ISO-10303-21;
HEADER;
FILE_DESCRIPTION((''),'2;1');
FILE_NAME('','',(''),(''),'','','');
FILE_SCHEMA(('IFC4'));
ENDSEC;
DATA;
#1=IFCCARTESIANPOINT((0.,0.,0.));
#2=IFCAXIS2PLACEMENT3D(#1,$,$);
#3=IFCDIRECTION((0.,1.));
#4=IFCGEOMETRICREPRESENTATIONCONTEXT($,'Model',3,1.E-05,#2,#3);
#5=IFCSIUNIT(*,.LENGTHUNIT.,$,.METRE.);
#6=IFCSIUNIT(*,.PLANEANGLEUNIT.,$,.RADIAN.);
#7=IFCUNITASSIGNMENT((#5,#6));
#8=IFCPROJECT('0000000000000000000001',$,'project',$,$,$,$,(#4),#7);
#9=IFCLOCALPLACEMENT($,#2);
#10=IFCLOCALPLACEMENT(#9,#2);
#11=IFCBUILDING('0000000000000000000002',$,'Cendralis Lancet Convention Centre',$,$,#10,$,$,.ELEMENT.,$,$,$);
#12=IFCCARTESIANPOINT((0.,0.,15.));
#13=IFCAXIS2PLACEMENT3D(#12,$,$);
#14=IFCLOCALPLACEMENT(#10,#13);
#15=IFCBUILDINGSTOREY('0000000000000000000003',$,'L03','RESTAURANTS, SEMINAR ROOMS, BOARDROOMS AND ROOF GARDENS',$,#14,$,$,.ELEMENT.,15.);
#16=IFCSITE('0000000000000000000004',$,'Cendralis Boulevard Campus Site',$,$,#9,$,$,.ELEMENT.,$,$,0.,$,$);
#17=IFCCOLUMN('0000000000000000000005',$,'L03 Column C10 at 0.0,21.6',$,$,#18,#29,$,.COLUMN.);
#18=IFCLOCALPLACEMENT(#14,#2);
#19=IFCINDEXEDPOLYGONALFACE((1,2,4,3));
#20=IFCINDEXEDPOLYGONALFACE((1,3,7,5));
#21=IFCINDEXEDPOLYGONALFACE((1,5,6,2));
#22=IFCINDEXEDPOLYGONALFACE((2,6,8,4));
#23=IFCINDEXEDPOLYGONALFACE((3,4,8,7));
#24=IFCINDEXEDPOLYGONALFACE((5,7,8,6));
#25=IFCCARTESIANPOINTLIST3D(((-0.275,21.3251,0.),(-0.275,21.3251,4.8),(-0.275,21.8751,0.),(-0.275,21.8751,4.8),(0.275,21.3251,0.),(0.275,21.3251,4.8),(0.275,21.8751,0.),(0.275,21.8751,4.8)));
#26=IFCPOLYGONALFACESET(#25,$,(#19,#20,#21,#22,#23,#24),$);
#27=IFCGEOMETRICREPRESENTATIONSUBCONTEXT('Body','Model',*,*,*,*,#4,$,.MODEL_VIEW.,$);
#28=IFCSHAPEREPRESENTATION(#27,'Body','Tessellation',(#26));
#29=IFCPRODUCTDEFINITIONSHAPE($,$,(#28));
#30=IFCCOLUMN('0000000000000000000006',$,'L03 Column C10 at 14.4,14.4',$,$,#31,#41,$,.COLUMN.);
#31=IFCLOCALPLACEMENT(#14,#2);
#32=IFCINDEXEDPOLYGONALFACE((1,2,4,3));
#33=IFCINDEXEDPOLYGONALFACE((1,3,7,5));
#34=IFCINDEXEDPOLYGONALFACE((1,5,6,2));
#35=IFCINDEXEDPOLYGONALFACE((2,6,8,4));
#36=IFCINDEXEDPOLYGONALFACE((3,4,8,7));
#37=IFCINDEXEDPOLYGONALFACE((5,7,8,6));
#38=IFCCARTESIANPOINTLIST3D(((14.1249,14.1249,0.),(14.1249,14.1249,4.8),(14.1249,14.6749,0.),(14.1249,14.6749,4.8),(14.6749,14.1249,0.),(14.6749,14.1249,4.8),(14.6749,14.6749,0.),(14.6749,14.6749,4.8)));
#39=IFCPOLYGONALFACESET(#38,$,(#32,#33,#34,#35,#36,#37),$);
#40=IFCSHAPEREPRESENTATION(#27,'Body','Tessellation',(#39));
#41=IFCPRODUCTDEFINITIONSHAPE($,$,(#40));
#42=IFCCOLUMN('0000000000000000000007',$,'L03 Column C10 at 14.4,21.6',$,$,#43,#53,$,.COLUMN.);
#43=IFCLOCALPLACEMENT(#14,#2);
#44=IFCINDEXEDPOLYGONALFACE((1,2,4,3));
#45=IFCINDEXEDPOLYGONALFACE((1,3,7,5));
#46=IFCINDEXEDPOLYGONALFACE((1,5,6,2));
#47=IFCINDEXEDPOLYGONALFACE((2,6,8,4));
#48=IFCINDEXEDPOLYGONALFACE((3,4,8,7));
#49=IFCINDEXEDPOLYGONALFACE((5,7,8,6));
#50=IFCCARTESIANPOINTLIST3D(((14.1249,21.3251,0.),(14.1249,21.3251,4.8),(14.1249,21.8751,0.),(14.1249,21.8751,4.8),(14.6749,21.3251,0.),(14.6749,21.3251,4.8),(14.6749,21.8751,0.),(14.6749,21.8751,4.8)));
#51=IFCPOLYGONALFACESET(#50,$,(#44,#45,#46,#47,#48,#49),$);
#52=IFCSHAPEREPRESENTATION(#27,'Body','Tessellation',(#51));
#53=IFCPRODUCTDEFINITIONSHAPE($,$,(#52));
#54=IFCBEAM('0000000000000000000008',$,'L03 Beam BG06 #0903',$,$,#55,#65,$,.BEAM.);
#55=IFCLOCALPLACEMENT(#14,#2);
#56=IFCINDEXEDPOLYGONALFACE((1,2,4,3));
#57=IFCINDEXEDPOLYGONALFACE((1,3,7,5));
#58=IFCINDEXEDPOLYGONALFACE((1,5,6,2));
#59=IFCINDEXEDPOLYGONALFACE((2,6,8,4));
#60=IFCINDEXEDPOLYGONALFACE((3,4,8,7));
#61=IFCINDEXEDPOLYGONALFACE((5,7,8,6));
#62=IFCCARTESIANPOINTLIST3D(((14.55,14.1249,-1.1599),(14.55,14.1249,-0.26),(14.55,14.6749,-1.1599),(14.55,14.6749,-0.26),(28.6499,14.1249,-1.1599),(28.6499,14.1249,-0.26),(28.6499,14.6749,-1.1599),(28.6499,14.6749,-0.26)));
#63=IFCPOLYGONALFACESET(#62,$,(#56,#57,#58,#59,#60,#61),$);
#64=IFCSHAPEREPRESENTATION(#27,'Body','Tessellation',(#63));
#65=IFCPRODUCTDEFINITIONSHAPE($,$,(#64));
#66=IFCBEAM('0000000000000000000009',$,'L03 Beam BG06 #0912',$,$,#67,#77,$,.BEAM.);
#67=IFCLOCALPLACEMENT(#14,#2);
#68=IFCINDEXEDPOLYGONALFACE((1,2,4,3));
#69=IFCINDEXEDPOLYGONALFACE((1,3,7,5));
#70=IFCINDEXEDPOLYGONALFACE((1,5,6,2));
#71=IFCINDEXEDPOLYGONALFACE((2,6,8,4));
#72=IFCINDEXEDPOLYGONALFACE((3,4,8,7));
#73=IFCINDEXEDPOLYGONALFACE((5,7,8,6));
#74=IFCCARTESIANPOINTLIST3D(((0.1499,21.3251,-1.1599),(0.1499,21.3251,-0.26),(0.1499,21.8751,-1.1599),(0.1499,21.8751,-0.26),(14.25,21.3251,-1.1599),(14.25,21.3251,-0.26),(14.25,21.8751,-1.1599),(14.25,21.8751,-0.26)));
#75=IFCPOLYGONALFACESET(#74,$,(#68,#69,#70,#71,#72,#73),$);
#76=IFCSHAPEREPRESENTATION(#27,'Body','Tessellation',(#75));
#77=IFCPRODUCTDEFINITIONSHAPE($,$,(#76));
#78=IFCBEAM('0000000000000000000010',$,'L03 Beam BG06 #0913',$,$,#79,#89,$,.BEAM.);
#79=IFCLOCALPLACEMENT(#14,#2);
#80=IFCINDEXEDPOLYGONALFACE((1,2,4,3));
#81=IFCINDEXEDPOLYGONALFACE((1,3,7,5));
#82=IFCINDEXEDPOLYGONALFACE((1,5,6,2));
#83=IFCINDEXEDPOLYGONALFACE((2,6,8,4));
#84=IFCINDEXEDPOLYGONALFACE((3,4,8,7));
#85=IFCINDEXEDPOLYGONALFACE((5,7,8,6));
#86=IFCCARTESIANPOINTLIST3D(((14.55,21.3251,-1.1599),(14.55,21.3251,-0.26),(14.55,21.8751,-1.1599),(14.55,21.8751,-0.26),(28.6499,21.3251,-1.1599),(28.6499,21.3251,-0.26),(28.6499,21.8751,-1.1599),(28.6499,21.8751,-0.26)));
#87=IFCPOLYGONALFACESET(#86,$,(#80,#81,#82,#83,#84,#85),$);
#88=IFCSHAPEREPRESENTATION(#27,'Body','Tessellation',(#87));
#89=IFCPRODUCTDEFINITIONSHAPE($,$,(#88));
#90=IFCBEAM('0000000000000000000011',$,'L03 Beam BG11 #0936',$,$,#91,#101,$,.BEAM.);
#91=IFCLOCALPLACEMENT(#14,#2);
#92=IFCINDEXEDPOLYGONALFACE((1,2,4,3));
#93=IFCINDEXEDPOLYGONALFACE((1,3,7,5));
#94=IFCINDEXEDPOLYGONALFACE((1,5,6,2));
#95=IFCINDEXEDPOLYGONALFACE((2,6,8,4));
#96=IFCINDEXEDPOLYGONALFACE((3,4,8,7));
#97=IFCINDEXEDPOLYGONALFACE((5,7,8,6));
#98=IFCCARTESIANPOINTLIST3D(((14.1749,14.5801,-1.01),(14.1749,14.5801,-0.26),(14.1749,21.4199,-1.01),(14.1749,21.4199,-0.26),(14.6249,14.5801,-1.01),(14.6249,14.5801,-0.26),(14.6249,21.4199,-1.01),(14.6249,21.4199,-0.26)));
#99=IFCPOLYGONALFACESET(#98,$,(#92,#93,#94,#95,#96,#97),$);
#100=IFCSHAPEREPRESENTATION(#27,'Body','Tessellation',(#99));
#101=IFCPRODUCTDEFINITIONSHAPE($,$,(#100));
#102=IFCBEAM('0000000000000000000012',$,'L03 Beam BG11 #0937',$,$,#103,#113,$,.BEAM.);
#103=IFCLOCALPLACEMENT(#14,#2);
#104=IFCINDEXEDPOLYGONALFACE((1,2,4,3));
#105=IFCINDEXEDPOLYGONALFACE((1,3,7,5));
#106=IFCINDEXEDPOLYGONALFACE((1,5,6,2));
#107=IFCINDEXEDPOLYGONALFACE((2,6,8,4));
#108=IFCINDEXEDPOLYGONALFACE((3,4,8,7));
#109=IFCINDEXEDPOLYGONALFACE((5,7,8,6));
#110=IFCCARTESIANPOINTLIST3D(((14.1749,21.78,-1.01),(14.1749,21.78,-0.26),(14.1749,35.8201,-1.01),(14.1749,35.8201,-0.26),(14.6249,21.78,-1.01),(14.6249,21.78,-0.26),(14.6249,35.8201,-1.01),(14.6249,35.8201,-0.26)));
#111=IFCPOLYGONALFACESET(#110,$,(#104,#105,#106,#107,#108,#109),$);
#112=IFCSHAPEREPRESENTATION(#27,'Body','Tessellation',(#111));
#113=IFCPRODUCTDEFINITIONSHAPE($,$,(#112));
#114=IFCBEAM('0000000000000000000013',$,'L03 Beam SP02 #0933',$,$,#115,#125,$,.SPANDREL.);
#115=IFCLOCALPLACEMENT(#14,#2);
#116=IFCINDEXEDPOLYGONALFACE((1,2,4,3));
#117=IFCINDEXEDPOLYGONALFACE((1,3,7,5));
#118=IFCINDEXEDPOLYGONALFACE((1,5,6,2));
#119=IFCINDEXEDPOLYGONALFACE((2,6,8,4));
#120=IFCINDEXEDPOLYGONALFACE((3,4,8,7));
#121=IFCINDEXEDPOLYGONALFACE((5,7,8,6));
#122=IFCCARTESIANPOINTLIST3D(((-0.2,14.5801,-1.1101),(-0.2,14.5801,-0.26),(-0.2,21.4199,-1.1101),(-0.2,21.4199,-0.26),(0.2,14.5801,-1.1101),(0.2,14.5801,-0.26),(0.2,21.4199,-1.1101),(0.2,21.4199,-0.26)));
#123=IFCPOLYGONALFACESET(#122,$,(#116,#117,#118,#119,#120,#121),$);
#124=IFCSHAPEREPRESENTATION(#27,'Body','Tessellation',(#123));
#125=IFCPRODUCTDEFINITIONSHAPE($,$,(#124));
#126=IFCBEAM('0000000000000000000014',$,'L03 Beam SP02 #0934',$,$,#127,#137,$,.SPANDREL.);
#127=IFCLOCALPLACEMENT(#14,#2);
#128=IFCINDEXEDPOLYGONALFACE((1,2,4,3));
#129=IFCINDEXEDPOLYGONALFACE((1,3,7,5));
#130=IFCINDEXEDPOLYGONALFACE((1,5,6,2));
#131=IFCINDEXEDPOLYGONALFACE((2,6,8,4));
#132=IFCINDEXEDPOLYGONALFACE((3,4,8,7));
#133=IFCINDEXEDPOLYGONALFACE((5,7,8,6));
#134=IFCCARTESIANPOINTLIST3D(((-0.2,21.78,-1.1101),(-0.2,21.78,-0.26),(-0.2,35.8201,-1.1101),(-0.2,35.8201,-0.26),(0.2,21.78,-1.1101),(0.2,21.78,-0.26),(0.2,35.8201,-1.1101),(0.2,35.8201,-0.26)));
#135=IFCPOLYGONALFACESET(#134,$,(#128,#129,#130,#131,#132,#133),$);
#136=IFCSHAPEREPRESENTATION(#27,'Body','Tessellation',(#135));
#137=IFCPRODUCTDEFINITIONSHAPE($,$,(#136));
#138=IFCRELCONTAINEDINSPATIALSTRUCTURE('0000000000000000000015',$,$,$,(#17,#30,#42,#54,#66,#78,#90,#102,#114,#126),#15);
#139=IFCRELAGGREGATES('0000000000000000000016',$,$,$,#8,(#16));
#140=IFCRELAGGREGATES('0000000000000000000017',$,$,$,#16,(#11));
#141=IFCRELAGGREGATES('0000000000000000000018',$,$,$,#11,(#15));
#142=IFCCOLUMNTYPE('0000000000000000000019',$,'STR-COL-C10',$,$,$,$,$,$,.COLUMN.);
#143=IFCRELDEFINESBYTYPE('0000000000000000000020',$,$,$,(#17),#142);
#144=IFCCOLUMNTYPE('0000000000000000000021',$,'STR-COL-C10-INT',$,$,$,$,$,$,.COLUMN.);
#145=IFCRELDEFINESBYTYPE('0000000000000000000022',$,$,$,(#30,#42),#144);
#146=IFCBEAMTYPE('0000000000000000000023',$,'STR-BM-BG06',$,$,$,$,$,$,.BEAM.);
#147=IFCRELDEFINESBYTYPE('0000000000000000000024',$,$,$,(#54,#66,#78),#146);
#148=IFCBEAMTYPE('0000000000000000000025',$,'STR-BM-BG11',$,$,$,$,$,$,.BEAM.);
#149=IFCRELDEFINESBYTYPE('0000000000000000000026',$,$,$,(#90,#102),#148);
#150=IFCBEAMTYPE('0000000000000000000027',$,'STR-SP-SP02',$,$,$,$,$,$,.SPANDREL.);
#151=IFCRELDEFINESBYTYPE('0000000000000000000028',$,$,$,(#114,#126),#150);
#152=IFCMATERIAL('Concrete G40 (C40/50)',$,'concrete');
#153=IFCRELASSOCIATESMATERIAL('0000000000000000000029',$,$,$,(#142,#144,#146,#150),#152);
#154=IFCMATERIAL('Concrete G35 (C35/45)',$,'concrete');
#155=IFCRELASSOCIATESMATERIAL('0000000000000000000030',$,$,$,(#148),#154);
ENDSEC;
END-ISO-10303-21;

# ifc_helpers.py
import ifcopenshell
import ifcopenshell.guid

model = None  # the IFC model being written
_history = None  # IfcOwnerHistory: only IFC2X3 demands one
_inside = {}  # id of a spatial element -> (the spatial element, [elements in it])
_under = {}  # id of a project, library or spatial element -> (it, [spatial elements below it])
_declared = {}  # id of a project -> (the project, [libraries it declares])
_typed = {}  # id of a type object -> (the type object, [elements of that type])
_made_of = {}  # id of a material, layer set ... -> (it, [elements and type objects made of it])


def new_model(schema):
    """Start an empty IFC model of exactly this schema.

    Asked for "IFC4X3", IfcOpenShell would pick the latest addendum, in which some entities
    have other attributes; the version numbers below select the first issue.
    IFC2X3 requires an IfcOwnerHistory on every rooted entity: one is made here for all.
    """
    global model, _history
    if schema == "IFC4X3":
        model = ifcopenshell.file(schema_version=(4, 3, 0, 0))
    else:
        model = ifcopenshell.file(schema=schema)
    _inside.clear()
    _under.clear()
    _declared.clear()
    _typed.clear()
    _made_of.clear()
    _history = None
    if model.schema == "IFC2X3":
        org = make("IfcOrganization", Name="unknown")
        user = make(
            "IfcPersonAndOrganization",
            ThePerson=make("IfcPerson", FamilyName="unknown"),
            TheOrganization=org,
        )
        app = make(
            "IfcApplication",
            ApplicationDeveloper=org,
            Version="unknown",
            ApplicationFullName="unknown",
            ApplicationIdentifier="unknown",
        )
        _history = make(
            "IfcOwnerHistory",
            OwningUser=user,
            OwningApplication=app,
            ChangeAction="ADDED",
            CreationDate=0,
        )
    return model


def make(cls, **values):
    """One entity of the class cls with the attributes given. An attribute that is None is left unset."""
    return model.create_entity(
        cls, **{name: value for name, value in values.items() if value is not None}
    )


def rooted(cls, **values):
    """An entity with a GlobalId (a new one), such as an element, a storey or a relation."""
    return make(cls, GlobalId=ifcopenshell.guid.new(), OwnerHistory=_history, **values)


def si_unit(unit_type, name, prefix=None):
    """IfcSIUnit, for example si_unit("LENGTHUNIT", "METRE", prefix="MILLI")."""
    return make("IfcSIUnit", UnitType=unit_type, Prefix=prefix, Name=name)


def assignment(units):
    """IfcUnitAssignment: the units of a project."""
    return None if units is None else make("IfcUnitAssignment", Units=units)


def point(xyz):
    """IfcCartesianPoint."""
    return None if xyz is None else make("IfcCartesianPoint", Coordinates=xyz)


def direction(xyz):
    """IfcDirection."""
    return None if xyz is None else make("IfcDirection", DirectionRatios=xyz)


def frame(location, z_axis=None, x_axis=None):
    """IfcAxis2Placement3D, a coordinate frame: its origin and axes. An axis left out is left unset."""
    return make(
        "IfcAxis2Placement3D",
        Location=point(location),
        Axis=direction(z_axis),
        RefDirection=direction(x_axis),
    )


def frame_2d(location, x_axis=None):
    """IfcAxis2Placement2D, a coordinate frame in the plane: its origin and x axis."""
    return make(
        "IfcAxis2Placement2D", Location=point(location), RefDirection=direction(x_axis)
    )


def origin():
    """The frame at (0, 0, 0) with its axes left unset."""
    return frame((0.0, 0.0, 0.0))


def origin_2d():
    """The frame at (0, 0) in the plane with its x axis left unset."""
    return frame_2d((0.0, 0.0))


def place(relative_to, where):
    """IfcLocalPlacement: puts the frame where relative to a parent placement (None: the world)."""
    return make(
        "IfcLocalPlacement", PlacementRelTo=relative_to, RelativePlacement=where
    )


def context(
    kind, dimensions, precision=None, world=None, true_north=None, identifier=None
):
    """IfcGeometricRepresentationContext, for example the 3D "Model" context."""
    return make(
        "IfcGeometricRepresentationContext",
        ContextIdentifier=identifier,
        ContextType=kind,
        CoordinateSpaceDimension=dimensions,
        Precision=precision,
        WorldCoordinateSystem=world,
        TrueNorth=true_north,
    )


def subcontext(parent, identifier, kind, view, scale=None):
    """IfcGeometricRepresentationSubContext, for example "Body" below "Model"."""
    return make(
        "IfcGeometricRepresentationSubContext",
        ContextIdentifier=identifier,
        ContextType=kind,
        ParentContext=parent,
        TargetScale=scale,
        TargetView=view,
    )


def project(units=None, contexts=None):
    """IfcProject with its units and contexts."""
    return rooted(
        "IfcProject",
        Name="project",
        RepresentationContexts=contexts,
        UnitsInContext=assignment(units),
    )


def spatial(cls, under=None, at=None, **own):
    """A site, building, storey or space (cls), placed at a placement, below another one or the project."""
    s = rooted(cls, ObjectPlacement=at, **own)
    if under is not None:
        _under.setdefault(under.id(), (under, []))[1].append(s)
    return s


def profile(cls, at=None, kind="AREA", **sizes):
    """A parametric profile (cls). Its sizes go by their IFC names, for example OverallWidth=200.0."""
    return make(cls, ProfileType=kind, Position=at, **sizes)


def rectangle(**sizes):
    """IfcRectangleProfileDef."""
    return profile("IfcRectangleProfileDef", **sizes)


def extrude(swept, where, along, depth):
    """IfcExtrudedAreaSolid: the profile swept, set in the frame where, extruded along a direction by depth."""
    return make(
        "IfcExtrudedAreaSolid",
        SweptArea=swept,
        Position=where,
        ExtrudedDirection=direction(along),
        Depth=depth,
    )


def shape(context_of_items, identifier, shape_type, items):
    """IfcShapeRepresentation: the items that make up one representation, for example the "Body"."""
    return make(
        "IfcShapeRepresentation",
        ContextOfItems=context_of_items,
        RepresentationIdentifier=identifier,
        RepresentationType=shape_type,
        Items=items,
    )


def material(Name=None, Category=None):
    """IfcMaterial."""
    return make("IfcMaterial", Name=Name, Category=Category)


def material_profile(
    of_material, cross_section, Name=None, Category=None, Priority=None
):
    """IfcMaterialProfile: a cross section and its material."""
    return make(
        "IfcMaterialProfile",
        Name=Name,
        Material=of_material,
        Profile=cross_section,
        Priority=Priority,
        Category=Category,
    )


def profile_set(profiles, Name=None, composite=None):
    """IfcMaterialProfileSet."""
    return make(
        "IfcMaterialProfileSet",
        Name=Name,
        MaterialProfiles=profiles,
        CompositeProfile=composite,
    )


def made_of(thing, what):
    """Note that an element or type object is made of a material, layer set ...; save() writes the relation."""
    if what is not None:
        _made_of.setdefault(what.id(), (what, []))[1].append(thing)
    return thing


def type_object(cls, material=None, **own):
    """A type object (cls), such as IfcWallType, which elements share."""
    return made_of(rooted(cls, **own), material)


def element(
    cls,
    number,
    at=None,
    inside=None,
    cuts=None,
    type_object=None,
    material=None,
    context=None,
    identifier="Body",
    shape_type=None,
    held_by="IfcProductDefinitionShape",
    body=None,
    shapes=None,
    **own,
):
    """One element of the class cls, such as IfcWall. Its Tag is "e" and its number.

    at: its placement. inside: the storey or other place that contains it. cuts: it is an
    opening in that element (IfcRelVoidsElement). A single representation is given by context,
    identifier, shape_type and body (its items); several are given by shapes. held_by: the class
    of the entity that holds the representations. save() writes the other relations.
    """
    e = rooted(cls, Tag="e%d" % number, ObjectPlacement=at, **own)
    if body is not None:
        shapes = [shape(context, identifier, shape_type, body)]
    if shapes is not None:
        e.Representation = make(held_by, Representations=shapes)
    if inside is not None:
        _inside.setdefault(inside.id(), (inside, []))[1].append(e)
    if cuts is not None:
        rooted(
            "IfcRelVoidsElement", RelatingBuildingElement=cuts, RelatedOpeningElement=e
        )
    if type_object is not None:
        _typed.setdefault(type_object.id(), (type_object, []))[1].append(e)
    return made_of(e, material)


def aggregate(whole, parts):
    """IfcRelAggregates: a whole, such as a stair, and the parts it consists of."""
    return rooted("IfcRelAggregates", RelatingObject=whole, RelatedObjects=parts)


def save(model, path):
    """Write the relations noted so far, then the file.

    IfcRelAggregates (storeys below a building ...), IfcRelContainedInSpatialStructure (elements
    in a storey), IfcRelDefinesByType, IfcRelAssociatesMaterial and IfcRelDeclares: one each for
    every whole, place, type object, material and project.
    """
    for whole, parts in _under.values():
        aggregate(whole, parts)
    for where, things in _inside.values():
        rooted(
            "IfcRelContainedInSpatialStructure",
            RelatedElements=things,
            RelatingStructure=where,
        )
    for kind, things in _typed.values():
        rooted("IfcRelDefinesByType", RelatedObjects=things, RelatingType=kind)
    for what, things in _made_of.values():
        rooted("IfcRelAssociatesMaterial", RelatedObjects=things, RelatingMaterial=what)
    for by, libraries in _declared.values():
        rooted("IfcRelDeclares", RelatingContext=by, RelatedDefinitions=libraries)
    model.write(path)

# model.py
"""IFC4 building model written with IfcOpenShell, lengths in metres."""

from ifc_helpers import new_model, si_unit, direction, frame, origin, origin_2d, place, context, subcontext, project, spatial, rectangle, extrude, material, material_profile, profile_set, type_object, element, save


model = new_model("IFC4")

# Units and contexts
model_context = context("Model", 3, precision=1e-05, world=origin(), true_north=direction((0.0, 1.0)))
body_context = subcontext(model_context, "Body", "Model", "MODEL_VIEW")
ifc_project = project(units=[si_unit("LENGTHUNIT", "METRE"), si_unit("PLANEANGLEUNIT", "RADIAN")], contexts=[model_context])

# Site, building, storey
site_placement = place(None, origin())
site = spatial("IfcSite", under=ifc_project, at=site_placement, Name="Cendralis Boulevard Campus Site", CompositionType="ELEMENT", RefElevation=0.0)
building_placement = place(site_placement, origin())
building = spatial("IfcBuilding", under=site, at=building_placement, Name="Cendralis Lancet Convention Centre", CompositionType="ELEMENT")
storey_placement = place(building_placement, frame((0.0, 0.0, 15.0)))
storey = spatial("IfcBuildingStorey", under=building, at=storey_placement, Name="L03", Description="RESTAURANTS, SEMINAR ROOMS, BOARDROOMS AND ROOF GARDENS", CompositionType="ELEMENT", Elevation=15.0)

# Columns
ifc_material_1 = material(Name="Concrete G40 (C40/50)", Category="concrete")
ifc_material_profile_1 = material_profile(ifc_material_1, rectangle(XDim=0.55, YDim=0.55, at=origin_2d()), Name="RC 550x550")
ifc_profile_set_1 = profile_set([ifc_material_profile_1], Name="Concrete G40 (C40/50)")
column_type_1 = type_object("IfcColumnType", Name="STR-COL-C10", PredefinedType="COLUMN", material=ifc_profile_set_1)
column_placement = place(storey_placement, frame((0.0, 21.6001, 0.0), z_axis=(0.0, 0.0, 1.0), x_axis=(1.0, 0.0, 0.0)))
element("IfcColumn", 1, at=column_placement, inside=storey, type_object=column_type_1, Name="L03 Column C10 at 0.0,21.6", PredefinedType="COLUMN", context=body_context, shape_type="SweptSolid", body=[
    extrude(rectangle(XDim=0.55, YDim=0.55, at=origin_2d()), origin(), (0.0, 0.0, 1.0), 4.8),
])
ifc_material_profile_2 = material_profile(ifc_material_1, rectangle(XDim=0.55, YDim=0.55, at=origin_2d()), Name="RC 550x550")
ifc_profile_set_2 = profile_set([ifc_material_profile_2], Name="Concrete G40 (C40/50)")
column_type_2 = type_object("IfcColumnType", Name="STR-COL-C10-INT", PredefinedType="COLUMN", material=ifc_profile_set_2)
for number, where, z_axis, x_axis, name in (
    (2, (14.3999, 14.3999, 0.0), (0.0, 0.0, 1.0), (1.0, 0.0, 0.0), "L03 Column C10 at 14.4,14.4"),
    (3, (14.3999, 21.6001, 0.0), (0.0, 0.0, 1.0), (1.0, 0.0, 0.0), "L03 Column C10 at 14.4,21.6"),
):
    element("IfcColumn", number, at=place(storey_placement, frame(where, z_axis=z_axis, x_axis=x_axis)), inside=storey, type_object=column_type_2, Name=name, PredefinedType="COLUMN", context=body_context, shape_type="SweptSolid", body=[
        extrude(rectangle(XDim=0.55, YDim=0.55, at=origin_2d()), origin(), (0.0, 0.0, 1.0), 4.8),
    ])

# Beams
ifc_material_profile_3 = material_profile(ifc_material_1, rectangle(XDim=0.55, YDim=0.8999, at=origin_2d()), Name="RCB 550x900")
ifc_profile_set_3 = profile_set([ifc_material_profile_3], Name="Concrete G40 (C40/50)")
beam_type_1 = type_object("IfcBeamType", Name="STR-BM-BG06", PredefinedType="BEAM", material=ifc_profile_set_3)
beam_1_placement = place(storey_placement, frame((14.55, 14.3999, -0.71), z_axis=(1.0, 0.0, 0.0), x_axis=(0.0, 1.0, 0.0)))
element("IfcBeam", 4, at=beam_1_placement, inside=storey, type_object=beam_type_1, Name="L03 Beam BG06 #0903", PredefinedType="BEAM", context=body_context, shape_type="SweptSolid", body=[
    extrude(rectangle(XDim=0.55, YDim=0.8999, at=origin_2d()), origin(), (0.0, 0.0, 1.0), 14.0999),
])
beam_2_placement = place(storey_placement, frame((0.1499, 21.6001, -0.71), z_axis=(1.0, 0.0, 0.0), x_axis=(0.0, 1.0, 0.0)))
element("IfcBeam", 5, at=beam_2_placement, inside=storey, type_object=beam_type_1, Name="L03 Beam BG06 #0912", PredefinedType="BEAM", context=body_context, shape_type="SweptSolid", body=[
    extrude(rectangle(XDim=0.55, YDim=0.8999, at=origin_2d()), origin(), (0.0, 0.0, 1.0), 14.1001),
])
beam_3_placement = place(storey_placement, frame((14.55, 21.6001, -0.71), z_axis=(1.0, 0.0, 0.0), x_axis=(0.0, 1.0, 0.0)))
element("IfcBeam", 6, at=beam_3_placement, inside=storey, type_object=beam_type_1, Name="L03 Beam BG06 #0913", PredefinedType="BEAM", context=body_context, shape_type="SweptSolid", body=[
    extrude(rectangle(XDim=0.55, YDim=0.8999, at=origin_2d()), origin(), (0.0, 0.0, 1.0), 14.0999),
])
ifc_material_2 = material(Name="Concrete G35 (C35/45)", Category="concrete")
ifc_material_profile_4 = material_profile(ifc_material_2, rectangle(XDim=0.45, YDim=0.75, at=origin_2d()), Name="RCB 450x750")
ifc_profile_set_4 = profile_set([ifc_material_profile_4], Name="Concrete G35 (C35/45)")
beam_type_2 = type_object("IfcBeamType", Name="STR-BM-BG11", PredefinedType="BEAM", material=ifc_profile_set_4)
beam_4_placement = place(storey_placement, frame((14.3999, 14.5801, -0.635), z_axis=(0.0, 1.0, 0.0), x_axis=(-1.0, 0.0, 0.0)))
element("IfcBeam", 7, at=beam_4_placement, inside=storey, type_object=beam_type_2, Name="L03 Beam BG11 #0936", PredefinedType="BEAM", context=body_context, shape_type="SweptSolid", body=[
    extrude(rectangle(XDim=0.45, YDim=0.75, at=origin_2d()), origin(), (0.0, 0.0, 1.0), 6.8398),
])
beam_5_placement = place(storey_placement, frame((14.3999, 21.78, -0.635), z_axis=(0.0, 1.0, 0.0), x_axis=(-1.0, 0.0, 0.0)))
element("IfcBeam", 8, at=beam_5_placement, inside=storey, type_object=beam_type_2, Name="L03 Beam BG11 #0937", PredefinedType="BEAM", context=body_context, shape_type="SweptSolid", body=[
    extrude(rectangle(XDim=0.45, YDim=0.75, at=origin_2d()), origin(), (0.0, 0.0, 1.0), 14.04),
])
ifc_material_profile_5 = material_profile(ifc_material_1, rectangle(XDim=0.3999, YDim=0.8501, at=origin_2d()), Name="RCB 400x850")
ifc_profile_set_5 = profile_set([ifc_material_profile_5], Name="Concrete G40 (C40/50)")
beam_type_3 = type_object("IfcBeamType", Name="STR-SP-SP02", PredefinedType="SPANDREL", material=ifc_profile_set_5)
beam_6_placement = place(storey_placement, frame((0.0, 14.5801, -0.6851), z_axis=(0.0, 1.0, 0.0), x_axis=(-1.0, 0.0, 0.0)))
element("IfcBeam", 9, at=beam_6_placement, inside=storey, type_object=beam_type_3, Name="L03 Beam SP02 #0933", PredefinedType="SPANDREL", context=body_context, shape_type="SweptSolid", body=[
    extrude(rectangle(XDim=0.3999, YDim=0.8501, at=origin_2d()), origin(), (0.0, 0.0, 1.0), 6.8398),
])
beam_7_placement = place(storey_placement, frame((0.0, 21.78, -0.6851), z_axis=(0.0, 1.0, 0.0), x_axis=(-1.0, 0.0, 0.0)))
element("IfcBeam", 10, at=beam_7_placement, inside=storey, type_object=beam_type_3, Name="L03 Beam SP02 #0934", PredefinedType="SPANDREL", context=body_context, shape_type="SweptSolid", body=[
    extrude(rectangle(XDim=0.3999, YDim=0.8501, at=origin_2d()), origin(), (0.0, 0.0, 1.0), 14.04),
])

save(model, "model.ifc")
